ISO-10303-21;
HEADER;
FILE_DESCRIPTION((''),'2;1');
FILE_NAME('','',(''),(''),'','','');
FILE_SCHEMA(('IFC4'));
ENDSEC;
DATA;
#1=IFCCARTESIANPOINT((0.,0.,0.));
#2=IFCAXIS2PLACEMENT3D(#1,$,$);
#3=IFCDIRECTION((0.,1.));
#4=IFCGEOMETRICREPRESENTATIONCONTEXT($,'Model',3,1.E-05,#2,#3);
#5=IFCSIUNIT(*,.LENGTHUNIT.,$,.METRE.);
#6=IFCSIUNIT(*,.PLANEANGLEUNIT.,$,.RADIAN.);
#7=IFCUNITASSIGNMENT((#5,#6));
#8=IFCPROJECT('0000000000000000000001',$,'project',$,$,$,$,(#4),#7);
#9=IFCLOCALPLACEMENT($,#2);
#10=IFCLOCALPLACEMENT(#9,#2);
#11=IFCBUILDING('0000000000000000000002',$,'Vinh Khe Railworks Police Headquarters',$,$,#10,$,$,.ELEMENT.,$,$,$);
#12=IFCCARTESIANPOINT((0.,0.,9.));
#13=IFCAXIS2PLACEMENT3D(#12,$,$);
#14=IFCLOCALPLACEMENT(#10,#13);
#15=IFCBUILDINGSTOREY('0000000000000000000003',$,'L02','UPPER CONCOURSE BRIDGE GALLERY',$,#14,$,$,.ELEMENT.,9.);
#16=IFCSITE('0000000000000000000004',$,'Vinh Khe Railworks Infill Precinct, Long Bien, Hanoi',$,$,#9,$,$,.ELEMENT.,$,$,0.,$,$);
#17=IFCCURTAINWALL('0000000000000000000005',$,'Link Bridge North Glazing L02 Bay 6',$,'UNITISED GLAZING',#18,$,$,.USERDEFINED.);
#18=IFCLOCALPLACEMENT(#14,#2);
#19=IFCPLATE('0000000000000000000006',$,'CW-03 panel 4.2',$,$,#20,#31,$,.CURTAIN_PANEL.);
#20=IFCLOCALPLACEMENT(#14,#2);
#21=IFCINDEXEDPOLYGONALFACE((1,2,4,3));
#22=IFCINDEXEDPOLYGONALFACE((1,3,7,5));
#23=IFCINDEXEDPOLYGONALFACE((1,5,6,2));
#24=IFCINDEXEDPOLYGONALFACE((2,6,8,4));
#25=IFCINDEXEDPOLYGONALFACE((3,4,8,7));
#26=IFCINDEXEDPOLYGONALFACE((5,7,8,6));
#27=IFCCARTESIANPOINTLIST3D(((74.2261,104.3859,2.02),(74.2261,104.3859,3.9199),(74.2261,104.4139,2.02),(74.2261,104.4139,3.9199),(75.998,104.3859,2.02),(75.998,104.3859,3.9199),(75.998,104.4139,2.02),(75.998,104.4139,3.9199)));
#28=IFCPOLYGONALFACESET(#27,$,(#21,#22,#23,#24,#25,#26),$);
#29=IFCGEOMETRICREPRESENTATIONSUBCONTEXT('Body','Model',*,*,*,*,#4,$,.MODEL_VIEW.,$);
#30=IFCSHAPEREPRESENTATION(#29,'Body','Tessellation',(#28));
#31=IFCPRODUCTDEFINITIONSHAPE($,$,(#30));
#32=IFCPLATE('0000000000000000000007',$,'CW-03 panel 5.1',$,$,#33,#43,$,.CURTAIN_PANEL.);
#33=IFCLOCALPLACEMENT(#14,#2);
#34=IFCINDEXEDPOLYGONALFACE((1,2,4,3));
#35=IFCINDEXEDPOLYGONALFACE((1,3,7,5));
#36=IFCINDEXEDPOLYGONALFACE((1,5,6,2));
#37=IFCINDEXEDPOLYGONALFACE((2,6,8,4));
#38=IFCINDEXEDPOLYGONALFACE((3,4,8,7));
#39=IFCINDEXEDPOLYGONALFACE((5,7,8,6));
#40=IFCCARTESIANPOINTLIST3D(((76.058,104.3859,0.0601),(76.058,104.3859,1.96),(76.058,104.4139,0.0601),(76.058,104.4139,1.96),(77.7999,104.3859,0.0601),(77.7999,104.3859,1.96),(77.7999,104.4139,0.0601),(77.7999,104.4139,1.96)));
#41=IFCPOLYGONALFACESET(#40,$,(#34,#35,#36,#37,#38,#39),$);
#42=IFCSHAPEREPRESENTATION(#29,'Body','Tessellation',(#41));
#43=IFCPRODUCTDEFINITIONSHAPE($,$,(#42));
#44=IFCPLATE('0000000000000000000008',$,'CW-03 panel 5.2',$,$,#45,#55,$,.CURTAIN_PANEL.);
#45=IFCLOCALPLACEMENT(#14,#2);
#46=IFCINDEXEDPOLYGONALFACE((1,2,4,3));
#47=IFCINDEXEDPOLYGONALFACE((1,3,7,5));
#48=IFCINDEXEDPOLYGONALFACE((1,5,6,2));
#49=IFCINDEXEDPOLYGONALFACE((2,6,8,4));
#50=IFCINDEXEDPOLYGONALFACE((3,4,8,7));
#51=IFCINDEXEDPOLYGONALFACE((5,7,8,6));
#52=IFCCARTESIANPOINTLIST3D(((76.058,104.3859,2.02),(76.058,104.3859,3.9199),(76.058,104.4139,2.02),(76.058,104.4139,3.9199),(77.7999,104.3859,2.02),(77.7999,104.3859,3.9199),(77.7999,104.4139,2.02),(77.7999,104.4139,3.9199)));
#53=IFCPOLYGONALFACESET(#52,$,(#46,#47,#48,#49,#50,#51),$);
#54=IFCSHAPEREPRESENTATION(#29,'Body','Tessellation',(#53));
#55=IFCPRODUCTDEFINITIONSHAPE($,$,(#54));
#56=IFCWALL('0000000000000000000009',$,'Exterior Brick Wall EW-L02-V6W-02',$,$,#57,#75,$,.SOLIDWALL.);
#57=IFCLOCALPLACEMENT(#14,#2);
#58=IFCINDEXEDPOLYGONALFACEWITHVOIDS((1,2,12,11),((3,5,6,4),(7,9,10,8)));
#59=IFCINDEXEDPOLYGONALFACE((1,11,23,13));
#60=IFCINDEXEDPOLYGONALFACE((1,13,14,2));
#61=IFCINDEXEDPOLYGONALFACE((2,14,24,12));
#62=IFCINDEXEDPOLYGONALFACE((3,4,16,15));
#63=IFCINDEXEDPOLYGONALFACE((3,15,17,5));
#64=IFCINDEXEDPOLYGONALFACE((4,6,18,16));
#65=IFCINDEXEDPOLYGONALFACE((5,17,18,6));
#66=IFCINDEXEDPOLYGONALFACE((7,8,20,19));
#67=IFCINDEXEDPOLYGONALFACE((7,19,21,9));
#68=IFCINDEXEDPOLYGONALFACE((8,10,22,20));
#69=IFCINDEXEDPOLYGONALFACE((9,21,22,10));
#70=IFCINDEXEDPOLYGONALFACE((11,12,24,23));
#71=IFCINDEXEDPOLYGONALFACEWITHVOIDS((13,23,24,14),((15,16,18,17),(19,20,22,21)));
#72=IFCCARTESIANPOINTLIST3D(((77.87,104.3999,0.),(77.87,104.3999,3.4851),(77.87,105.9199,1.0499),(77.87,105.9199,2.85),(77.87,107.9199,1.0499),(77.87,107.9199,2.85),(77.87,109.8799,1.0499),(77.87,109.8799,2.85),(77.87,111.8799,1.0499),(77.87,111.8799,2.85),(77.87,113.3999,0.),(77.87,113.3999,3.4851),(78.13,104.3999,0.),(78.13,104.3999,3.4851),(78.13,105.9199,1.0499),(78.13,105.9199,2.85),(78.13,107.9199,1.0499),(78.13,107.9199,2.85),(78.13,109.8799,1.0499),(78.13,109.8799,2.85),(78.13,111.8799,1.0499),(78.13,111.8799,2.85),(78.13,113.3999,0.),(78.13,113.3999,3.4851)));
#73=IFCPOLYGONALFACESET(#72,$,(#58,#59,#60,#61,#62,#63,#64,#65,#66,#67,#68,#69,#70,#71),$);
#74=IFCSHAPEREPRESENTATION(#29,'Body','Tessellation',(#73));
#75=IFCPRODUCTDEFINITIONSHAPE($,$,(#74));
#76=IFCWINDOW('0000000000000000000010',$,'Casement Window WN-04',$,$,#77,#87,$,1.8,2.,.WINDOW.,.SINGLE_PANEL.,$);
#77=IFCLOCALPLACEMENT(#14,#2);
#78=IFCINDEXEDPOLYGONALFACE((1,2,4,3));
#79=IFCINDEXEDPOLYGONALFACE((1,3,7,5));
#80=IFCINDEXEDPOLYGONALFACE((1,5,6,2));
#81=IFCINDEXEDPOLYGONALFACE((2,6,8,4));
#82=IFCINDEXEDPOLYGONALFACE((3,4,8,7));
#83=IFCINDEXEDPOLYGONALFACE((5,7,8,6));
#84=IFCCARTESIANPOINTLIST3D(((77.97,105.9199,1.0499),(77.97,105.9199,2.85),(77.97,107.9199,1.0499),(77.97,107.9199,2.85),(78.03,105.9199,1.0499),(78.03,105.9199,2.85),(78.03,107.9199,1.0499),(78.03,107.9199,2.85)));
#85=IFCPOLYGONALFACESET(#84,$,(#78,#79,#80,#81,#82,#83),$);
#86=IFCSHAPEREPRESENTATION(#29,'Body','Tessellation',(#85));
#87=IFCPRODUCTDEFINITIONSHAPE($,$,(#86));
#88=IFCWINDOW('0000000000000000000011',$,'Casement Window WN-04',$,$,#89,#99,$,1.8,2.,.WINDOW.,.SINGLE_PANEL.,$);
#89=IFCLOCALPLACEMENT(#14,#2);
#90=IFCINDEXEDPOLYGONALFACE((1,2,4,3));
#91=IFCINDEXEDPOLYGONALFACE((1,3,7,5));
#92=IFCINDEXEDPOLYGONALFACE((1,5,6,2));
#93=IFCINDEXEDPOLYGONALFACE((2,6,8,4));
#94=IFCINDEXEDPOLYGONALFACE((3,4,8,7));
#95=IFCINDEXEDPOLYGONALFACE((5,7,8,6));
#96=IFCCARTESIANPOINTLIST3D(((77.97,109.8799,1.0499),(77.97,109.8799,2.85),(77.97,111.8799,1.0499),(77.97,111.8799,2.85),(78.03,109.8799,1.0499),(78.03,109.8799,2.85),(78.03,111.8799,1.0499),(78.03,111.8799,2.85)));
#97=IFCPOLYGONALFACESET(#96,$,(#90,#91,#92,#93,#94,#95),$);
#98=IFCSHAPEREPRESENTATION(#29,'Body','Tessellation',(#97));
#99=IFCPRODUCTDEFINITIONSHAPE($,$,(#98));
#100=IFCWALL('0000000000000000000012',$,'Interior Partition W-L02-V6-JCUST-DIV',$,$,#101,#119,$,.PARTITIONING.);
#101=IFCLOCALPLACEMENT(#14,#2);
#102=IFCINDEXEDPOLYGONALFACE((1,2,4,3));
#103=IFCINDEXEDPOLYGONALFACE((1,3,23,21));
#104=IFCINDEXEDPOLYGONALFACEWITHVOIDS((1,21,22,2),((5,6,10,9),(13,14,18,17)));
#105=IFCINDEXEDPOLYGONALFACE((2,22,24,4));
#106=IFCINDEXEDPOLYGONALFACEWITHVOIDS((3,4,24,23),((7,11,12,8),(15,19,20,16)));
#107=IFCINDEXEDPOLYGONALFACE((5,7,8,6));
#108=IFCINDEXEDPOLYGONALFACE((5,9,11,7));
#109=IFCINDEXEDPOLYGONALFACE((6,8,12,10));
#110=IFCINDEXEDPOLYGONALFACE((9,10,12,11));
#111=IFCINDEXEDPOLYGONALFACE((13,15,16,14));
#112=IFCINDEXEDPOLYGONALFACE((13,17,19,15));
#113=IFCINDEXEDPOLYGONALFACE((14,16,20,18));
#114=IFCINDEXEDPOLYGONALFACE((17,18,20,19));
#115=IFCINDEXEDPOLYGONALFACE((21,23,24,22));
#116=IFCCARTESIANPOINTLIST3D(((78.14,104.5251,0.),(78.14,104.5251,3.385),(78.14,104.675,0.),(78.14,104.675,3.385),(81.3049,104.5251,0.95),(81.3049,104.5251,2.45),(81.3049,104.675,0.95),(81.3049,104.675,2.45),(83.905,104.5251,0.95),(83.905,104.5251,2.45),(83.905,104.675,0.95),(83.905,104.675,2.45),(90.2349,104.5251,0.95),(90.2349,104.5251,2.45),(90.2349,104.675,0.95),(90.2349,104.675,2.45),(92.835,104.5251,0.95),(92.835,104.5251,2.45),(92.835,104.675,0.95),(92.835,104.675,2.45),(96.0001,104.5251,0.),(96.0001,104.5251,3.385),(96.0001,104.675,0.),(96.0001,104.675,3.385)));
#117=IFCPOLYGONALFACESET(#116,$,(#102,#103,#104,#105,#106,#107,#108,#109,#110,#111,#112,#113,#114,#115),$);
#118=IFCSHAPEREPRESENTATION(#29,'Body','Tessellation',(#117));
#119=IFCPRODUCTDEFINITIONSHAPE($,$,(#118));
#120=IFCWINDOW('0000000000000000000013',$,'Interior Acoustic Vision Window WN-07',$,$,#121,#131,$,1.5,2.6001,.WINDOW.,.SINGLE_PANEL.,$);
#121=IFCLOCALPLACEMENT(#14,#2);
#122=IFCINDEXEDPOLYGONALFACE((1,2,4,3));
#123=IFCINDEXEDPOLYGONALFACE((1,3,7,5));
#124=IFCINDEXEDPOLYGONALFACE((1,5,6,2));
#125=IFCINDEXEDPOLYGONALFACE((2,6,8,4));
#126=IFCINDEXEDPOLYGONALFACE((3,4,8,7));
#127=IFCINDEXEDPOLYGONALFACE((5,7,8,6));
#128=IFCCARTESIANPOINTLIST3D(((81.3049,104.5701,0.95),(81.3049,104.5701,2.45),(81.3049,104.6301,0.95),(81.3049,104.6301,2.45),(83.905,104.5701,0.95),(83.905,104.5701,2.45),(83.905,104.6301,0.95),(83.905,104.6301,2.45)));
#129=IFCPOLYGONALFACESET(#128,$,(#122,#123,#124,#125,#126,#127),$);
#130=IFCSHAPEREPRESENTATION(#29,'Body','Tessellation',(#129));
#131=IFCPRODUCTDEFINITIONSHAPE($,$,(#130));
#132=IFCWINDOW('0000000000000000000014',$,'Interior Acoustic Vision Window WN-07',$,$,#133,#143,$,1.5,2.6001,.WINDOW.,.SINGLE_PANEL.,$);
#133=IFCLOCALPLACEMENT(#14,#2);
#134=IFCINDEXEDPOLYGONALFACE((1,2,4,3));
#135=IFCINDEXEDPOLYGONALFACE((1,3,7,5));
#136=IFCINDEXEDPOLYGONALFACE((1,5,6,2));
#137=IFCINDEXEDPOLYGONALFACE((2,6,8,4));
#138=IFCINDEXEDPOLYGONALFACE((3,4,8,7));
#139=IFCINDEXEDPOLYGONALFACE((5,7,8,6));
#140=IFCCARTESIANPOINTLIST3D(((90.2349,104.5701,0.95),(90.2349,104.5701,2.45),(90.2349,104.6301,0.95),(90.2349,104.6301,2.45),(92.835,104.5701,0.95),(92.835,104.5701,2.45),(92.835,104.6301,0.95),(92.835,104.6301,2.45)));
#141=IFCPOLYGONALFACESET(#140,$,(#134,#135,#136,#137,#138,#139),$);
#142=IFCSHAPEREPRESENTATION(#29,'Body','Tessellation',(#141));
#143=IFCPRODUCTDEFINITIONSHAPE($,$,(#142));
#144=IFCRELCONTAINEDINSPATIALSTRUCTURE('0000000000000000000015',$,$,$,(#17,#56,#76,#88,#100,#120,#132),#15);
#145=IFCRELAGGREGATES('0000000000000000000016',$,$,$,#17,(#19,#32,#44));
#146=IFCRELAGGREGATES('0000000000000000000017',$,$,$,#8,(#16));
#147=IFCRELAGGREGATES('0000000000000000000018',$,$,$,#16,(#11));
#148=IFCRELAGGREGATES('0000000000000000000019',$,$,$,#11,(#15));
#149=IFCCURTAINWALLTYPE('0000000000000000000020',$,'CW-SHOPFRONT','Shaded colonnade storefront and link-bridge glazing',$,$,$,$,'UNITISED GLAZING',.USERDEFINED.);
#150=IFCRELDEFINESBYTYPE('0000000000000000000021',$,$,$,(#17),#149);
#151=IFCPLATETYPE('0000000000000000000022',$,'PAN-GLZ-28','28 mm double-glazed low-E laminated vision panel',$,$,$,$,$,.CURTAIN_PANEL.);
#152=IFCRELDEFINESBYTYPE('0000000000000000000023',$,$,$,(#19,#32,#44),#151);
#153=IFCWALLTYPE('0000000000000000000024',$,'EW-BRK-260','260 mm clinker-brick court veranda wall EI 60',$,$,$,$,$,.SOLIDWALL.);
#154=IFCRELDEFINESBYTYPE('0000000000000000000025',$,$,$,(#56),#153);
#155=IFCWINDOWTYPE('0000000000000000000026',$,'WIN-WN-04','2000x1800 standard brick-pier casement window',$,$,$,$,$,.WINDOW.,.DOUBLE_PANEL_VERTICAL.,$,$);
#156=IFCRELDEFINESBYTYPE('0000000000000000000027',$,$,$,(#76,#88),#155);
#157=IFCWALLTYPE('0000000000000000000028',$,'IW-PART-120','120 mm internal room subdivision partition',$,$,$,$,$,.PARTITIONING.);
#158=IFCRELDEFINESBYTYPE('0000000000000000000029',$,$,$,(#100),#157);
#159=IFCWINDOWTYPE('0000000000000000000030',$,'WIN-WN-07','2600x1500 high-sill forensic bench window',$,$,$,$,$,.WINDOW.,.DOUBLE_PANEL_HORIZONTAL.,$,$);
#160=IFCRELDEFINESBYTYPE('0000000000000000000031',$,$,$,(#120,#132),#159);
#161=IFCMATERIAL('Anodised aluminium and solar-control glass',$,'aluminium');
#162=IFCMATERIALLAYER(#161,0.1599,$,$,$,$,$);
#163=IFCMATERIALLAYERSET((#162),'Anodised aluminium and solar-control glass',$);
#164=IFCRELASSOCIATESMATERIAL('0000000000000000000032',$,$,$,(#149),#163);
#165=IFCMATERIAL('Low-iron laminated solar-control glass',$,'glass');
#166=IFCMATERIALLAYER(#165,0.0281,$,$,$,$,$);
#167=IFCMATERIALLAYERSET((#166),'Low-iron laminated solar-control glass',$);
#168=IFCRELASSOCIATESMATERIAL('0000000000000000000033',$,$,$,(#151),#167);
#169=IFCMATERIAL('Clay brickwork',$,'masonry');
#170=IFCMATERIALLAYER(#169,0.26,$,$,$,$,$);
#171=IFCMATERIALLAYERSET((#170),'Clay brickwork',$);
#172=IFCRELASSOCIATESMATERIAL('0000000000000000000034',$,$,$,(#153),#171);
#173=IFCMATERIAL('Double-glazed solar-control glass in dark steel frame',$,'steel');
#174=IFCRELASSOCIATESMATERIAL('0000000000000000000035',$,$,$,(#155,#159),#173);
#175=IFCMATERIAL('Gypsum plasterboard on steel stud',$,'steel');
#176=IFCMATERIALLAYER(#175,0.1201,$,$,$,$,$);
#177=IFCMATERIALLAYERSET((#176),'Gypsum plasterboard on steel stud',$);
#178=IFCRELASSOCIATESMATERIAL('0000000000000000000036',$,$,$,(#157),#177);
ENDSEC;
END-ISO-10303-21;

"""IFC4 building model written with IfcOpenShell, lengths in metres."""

from ifc_helpers import new_model, si_unit, direction, frame, frame_2d, origin, origin_2d, place, context, subcontext, project, spatial, rectangle, extrude, material, layer, layer_set, type_object, element, fill, aggregate, save


model = new_model("IFC4")

# Units and contexts
model_context = context("Model", 3, precision=1e-05, world=origin(), true_north=direction((0.0, 1.0)))
body_context = subcontext(model_context, "Body", "Model", "MODEL_VIEW")
ifc_project = project(units=[si_unit("LENGTHUNIT", "METRE"), si_unit("PLANEANGLEUNIT", "RADIAN")], contexts=[model_context])

# Site, building, storey
site_placement = place(None, origin())
site = spatial("IfcSite", under=ifc_project, at=site_placement, Name="Vinh Khe Railworks Infill Precinct, Long Bien, Hanoi", CompositionType="ELEMENT", RefElevation=0.0)
building_placement = place(site_placement, origin())
building = spatial("IfcBuilding", under=site, at=building_placement, Name="Vinh Khe Railworks Police Headquarters", CompositionType="ELEMENT")
storey_placement = place(building_placement, frame((0.0, 0.0, 9.0)))
storey = spatial("IfcBuildingStorey", under=building, at=storey_placement, Name="L02", Description="UPPER CONCOURSE BRIDGE GALLERY", CompositionType="ELEMENT", Elevation=9.0)

# Curtain wall
ifc_material_1 = material(Name="Anodised aluminium and solar-control glass", Category="aluminium")
ifc_layer_1 = layer(ifc_material_1, 0.1599)
ifc_layer_set_1 = layer_set([ifc_layer_1], Name="Anodised aluminium and solar-control glass")
curtain_wall_type = type_object("IfcCurtainWallType", Name="CW-SHOPFRONT", Description="Shaded colonnade storefront and link-bridge glazing", ElementType="UNITISED GLAZING", PredefinedType="USERDEFINED", material=ifc_layer_set_1)
curtain_wall_placement = place(storey_placement, origin())
curtain_wall = element("IfcCurtainWall", 1, at=curtain_wall_placement, inside=storey, type_object=curtain_wall_type, Name="Link Bridge North Glazing L02 Bay 6", ObjectType="UNITISED GLAZING", PredefinedType="USERDEFINED")

# Plates
ifc_material_2 = material(Name="Low-iron laminated solar-control glass", Category="glass")
ifc_layer_2 = layer(ifc_material_2, 0.0281)
ifc_layer_set_2 = layer_set([ifc_layer_2], Name="Low-iron laminated solar-control glass")
plate_type = type_object("IfcPlateType", Name="PAN-GLZ-28", Description="28 mm double-glazed low-E laminated vision panel", PredefinedType="CURTAIN_PANEL", material=ifc_layer_set_2)
plate_1_placement = place(storey_placement, frame((75.1121, 104.3999, 2.02), z_axis=(0.0, 0.0, 1.0), x_axis=(1.0, 0.0, 0.0)))
plate_1 = element("IfcPlate", 2, at=plate_1_placement, type_object=plate_type, Name="CW-03 panel 4.2", PredefinedType="CURTAIN_PANEL", context=body_context, shape_type="SweptSolid", body=[
    extrude(rectangle(XDim=1.772, YDim=0.0281, at=origin_2d()), origin(), (0.0, 0.0, 1.0), 1.8999),
])
plate_2_placement = place(storey_placement, frame((76.929, 104.3999, 0.0601), z_axis=(0.0, 0.0, 1.0), x_axis=(1.0, 0.0, 0.0)))
plate_2 = element("IfcPlate", 3, at=plate_2_placement, type_object=plate_type, Name="CW-03 panel 5.1", PredefinedType="CURTAIN_PANEL", context=body_context, shape_type="SweptSolid", body=[
    extrude(rectangle(XDim=1.7419, YDim=0.0281, at=origin_2d()), origin(), (0.0, 0.0, 1.0), 1.8999),
])
plate_3_placement = place(storey_placement, frame((76.929, 104.3999, 2.02), z_axis=(0.0, 0.0, 1.0), x_axis=(1.0, 0.0, 0.0)))
plate_3 = element("IfcPlate", 4, at=plate_3_placement, type_object=plate_type, Name="CW-03 panel 5.2", PredefinedType="CURTAIN_PANEL", context=body_context, shape_type="SweptSolid", body=[
    extrude(rectangle(XDim=1.7419, YDim=0.0281, at=origin_2d()), origin(), (0.0, 0.0, 1.0), 1.8999),
])
aggregate(curtain_wall, [plate_1, plate_2, plate_3])

# Walls, openings, windows
ifc_material_3 = material(Name="Clay brickwork", Category="masonry")
ifc_layer_3 = layer(ifc_material_3, 0.26)
ifc_layer_set_3 = layer_set([ifc_layer_3], Name="Clay brickwork")
wall_type_1 = type_object("IfcWallType", Name="EW-BRK-260", Description="260 mm clinker-brick court veranda wall EI 60", PredefinedType="SOLIDWALL", material=ifc_layer_set_3)
wall_1_placement = place(storey_placement, frame((78.0, 104.3999, 0.0), z_axis=(0.0, 0.0, 1.0), x_axis=(0.0, 1.0, 0.0)))
wall_1 = element("IfcWall", 5, at=wall_1_placement, inside=storey, type_object=wall_type_1, Name="Exterior Brick Wall EW-L02-V6W-02", PredefinedType="SOLIDWALL", context=body_context, shape_type="SweptSolid", body=[
    extrude(rectangle(XDim=9.0, YDim=0.26, at=frame_2d((4.5, 0.0))), origin(), (0.0, 0.0, 1.0), 3.4851),
])
opening_1_placement = place(wall_1_placement, frame((1.52, 0.0, 1.05)))
opening_1 = element("IfcOpeningElement", 6, at=opening_1_placement, cuts=wall_1, PredefinedType="OPENING", context=body_context, shape_type="SweptSolid", body=[
    extrude(rectangle(XDim=2.0, YDim=1.8, at=frame_2d((1.0, 0.8999))), frame((0.0, 0.145, 0.0), z_axis=(0.0, -1.0, 0.0), x_axis=(1.0, 0.0, 0.0)), (0.0, 0.0, 1.0), 0.2898),
])
opening_2_placement = place(wall_1_placement, frame((5.48, 0.0, 1.05)))
opening_2 = element("IfcOpeningElement", 7, at=opening_2_placement, cuts=wall_1, PredefinedType="OPENING", context=body_context, shape_type="SweptSolid", body=[
    extrude(rectangle(XDim=2.0, YDim=1.8, at=frame_2d((1.0, 0.8999))), frame((0.0, 0.145, 0.0), z_axis=(0.0, -1.0, 0.0), x_axis=(1.0, 0.0, 0.0)), (0.0, 0.0, 1.0), 0.2898),
])
ifc_material_4 = material(Name="Double-glazed solar-control glass in dark steel frame", Category="steel")
window_type_1 = type_object("IfcWindowType", Name="WIN-WN-04", Description="2000x1800 standard brick-pier casement window", PartitioningType="DOUBLE_PANEL_VERTICAL", PredefinedType="WINDOW", material=ifc_material_4)
window_1_placement = place(opening_1_placement, origin())
window_1 = element("IfcWindow", 8, at=window_1_placement, inside=storey, type_object=window_type_1, Name="Casement Window WN-04", OverallHeight=1.8, OverallWidth=2.0, PartitioningType="SINGLE_PANEL", PredefinedType="WINDOW", context=body_context, shape_type="SweptSolid", body=[
    extrude(rectangle(XDim=2.0, YDim=1.8, at=frame_2d((1.0, 0.8999))), frame((0.0, 0.03, 0.0), z_axis=(0.0, -1.0, 0.0), x_axis=(1.0, 0.0, 0.0)), (0.0, 0.0, 1.0), 0.0601),
])
fill(opening_1, window_1)
window_2_placement = place(opening_2_placement, origin())
window_2 = element("IfcWindow", 9, at=window_2_placement, inside=storey, type_object=window_type_1, Name="Casement Window WN-04", OverallHeight=1.8, OverallWidth=2.0, PartitioningType="SINGLE_PANEL", PredefinedType="WINDOW", context=body_context, shape_type="SweptSolid", body=[
    extrude(rectangle(XDim=2.0, YDim=1.8, at=frame_2d((1.0, 0.8999))), frame((0.0, 0.03, 0.0), z_axis=(0.0, -1.0, 0.0), x_axis=(1.0, 0.0, 0.0)), (0.0, 0.0, 1.0), 0.0601),
])
fill(opening_2, window_2)
ifc_material_5 = material(Name="Gypsum plasterboard on steel stud", Category="steel")
ifc_layer_4 = layer(ifc_material_5, 0.1201)
ifc_layer_set_4 = layer_set([ifc_layer_4], Name="Gypsum plasterboard on steel stud")
wall_type_2 = type_object("IfcWallType", Name="IW-PART-120", Description="120 mm internal room subdivision partition", PredefinedType="PARTITIONING", material=ifc_layer_set_4)
wall_2_placement = place(storey_placement, frame((78.1399, 104.6001, 0.0), z_axis=(0.0, 0.0, 1.0), x_axis=(1.0, 0.0, 0.0)))
wall_2 = element("IfcWall", 10, at=wall_2_placement, inside=storey, type_object=wall_type_2, Name="Interior Partition W-L02-V6-JCUST-DIV", PredefinedType="PARTITIONING", context=body_context, shape_type="SweptSolid", body=[
    extrude(rectangle(XDim=17.8601, YDim=0.1499, at=frame_2d((8.9302, 0.0))), origin(), (0.0, 0.0, 1.0), 3.385),
])
opening_3_placement = place(wall_2_placement, frame((3.165, 0.0, 0.95)))
opening_3 = element("IfcOpeningElement", 11, at=opening_3_placement, cuts=wall_2, PredefinedType="OPENING", context=body_context, shape_type="SweptSolid", body=[
    extrude(rectangle(XDim=2.6001, YDim=1.5, at=frame_2d((1.3, 0.75))), frame((0.0, 0.0898, 0.0), z_axis=(0.0, -1.0, 0.0), x_axis=(1.0, 0.0, 0.0)), (0.0, 0.0, 1.0), 0.1797),
])
opening_4_placement = place(wall_2_placement, frame((12.095, 0.0, 0.95)))
opening_4 = element("IfcOpeningElement", 12, at=opening_4_placement, cuts=wall_2, PredefinedType="OPENING", context=body_context, shape_type="SweptSolid", body=[
    extrude(rectangle(XDim=2.6001, YDim=1.5, at=frame_2d((1.3, 0.75))), frame((0.0, 0.0898, 0.0), z_axis=(0.0, -1.0, 0.0), x_axis=(1.0, 0.0, 0.0)), (0.0, 0.0, 1.0), 0.1797),
])
window_type_2 = type_object("IfcWindowType", Name="WIN-WN-07", Description="2600x1500 high-sill forensic bench window", PartitioningType="DOUBLE_PANEL_HORIZONTAL", PredefinedType="WINDOW", material=ifc_material_4)
window_3_placement = place(opening_3_placement, origin())
window_3 = element("IfcWindow", 13, at=window_3_placement, inside=storey, type_object=window_type_2, Name="Interior Acoustic Vision Window WN-07", OverallHeight=1.5, OverallWidth=2.6001, PartitioningType="SINGLE_PANEL", PredefinedType="WINDOW", context=body_context, shape_type="SweptSolid", body=[
    extrude(rectangle(XDim=2.6001, YDim=1.5, at=frame_2d((1.3, 0.75))), frame((0.0, 0.03, 0.0), z_axis=(0.0, -1.0, 0.0), x_axis=(1.0, 0.0, 0.0)), (0.0, 0.0, 1.0), 0.0601),
])
fill(opening_3, window_3)
window_4_placement = place(opening_4_placement, origin())
window_4 = element("IfcWindow", 14, at=window_4_placement, inside=storey, type_object=window_type_2, Name="Interior Acoustic Vision Window WN-07", OverallHeight=1.5, OverallWidth=2.6001, PartitioningType="SINGLE_PANEL", PredefinedType="WINDOW", context=body_context, shape_type="SweptSolid", body=[
    extrude(rectangle(XDim=2.6001, YDim=1.5, at=frame_2d((1.3, 0.75))), frame((0.0, 0.03, 0.0), z_axis=(0.0, -1.0, 0.0), x_axis=(1.0, 0.0, 0.0)), (0.0, 0.0, 1.0), 0.0601),
])
fill(opening_4, window_4)

save(model, "model.ifc")
